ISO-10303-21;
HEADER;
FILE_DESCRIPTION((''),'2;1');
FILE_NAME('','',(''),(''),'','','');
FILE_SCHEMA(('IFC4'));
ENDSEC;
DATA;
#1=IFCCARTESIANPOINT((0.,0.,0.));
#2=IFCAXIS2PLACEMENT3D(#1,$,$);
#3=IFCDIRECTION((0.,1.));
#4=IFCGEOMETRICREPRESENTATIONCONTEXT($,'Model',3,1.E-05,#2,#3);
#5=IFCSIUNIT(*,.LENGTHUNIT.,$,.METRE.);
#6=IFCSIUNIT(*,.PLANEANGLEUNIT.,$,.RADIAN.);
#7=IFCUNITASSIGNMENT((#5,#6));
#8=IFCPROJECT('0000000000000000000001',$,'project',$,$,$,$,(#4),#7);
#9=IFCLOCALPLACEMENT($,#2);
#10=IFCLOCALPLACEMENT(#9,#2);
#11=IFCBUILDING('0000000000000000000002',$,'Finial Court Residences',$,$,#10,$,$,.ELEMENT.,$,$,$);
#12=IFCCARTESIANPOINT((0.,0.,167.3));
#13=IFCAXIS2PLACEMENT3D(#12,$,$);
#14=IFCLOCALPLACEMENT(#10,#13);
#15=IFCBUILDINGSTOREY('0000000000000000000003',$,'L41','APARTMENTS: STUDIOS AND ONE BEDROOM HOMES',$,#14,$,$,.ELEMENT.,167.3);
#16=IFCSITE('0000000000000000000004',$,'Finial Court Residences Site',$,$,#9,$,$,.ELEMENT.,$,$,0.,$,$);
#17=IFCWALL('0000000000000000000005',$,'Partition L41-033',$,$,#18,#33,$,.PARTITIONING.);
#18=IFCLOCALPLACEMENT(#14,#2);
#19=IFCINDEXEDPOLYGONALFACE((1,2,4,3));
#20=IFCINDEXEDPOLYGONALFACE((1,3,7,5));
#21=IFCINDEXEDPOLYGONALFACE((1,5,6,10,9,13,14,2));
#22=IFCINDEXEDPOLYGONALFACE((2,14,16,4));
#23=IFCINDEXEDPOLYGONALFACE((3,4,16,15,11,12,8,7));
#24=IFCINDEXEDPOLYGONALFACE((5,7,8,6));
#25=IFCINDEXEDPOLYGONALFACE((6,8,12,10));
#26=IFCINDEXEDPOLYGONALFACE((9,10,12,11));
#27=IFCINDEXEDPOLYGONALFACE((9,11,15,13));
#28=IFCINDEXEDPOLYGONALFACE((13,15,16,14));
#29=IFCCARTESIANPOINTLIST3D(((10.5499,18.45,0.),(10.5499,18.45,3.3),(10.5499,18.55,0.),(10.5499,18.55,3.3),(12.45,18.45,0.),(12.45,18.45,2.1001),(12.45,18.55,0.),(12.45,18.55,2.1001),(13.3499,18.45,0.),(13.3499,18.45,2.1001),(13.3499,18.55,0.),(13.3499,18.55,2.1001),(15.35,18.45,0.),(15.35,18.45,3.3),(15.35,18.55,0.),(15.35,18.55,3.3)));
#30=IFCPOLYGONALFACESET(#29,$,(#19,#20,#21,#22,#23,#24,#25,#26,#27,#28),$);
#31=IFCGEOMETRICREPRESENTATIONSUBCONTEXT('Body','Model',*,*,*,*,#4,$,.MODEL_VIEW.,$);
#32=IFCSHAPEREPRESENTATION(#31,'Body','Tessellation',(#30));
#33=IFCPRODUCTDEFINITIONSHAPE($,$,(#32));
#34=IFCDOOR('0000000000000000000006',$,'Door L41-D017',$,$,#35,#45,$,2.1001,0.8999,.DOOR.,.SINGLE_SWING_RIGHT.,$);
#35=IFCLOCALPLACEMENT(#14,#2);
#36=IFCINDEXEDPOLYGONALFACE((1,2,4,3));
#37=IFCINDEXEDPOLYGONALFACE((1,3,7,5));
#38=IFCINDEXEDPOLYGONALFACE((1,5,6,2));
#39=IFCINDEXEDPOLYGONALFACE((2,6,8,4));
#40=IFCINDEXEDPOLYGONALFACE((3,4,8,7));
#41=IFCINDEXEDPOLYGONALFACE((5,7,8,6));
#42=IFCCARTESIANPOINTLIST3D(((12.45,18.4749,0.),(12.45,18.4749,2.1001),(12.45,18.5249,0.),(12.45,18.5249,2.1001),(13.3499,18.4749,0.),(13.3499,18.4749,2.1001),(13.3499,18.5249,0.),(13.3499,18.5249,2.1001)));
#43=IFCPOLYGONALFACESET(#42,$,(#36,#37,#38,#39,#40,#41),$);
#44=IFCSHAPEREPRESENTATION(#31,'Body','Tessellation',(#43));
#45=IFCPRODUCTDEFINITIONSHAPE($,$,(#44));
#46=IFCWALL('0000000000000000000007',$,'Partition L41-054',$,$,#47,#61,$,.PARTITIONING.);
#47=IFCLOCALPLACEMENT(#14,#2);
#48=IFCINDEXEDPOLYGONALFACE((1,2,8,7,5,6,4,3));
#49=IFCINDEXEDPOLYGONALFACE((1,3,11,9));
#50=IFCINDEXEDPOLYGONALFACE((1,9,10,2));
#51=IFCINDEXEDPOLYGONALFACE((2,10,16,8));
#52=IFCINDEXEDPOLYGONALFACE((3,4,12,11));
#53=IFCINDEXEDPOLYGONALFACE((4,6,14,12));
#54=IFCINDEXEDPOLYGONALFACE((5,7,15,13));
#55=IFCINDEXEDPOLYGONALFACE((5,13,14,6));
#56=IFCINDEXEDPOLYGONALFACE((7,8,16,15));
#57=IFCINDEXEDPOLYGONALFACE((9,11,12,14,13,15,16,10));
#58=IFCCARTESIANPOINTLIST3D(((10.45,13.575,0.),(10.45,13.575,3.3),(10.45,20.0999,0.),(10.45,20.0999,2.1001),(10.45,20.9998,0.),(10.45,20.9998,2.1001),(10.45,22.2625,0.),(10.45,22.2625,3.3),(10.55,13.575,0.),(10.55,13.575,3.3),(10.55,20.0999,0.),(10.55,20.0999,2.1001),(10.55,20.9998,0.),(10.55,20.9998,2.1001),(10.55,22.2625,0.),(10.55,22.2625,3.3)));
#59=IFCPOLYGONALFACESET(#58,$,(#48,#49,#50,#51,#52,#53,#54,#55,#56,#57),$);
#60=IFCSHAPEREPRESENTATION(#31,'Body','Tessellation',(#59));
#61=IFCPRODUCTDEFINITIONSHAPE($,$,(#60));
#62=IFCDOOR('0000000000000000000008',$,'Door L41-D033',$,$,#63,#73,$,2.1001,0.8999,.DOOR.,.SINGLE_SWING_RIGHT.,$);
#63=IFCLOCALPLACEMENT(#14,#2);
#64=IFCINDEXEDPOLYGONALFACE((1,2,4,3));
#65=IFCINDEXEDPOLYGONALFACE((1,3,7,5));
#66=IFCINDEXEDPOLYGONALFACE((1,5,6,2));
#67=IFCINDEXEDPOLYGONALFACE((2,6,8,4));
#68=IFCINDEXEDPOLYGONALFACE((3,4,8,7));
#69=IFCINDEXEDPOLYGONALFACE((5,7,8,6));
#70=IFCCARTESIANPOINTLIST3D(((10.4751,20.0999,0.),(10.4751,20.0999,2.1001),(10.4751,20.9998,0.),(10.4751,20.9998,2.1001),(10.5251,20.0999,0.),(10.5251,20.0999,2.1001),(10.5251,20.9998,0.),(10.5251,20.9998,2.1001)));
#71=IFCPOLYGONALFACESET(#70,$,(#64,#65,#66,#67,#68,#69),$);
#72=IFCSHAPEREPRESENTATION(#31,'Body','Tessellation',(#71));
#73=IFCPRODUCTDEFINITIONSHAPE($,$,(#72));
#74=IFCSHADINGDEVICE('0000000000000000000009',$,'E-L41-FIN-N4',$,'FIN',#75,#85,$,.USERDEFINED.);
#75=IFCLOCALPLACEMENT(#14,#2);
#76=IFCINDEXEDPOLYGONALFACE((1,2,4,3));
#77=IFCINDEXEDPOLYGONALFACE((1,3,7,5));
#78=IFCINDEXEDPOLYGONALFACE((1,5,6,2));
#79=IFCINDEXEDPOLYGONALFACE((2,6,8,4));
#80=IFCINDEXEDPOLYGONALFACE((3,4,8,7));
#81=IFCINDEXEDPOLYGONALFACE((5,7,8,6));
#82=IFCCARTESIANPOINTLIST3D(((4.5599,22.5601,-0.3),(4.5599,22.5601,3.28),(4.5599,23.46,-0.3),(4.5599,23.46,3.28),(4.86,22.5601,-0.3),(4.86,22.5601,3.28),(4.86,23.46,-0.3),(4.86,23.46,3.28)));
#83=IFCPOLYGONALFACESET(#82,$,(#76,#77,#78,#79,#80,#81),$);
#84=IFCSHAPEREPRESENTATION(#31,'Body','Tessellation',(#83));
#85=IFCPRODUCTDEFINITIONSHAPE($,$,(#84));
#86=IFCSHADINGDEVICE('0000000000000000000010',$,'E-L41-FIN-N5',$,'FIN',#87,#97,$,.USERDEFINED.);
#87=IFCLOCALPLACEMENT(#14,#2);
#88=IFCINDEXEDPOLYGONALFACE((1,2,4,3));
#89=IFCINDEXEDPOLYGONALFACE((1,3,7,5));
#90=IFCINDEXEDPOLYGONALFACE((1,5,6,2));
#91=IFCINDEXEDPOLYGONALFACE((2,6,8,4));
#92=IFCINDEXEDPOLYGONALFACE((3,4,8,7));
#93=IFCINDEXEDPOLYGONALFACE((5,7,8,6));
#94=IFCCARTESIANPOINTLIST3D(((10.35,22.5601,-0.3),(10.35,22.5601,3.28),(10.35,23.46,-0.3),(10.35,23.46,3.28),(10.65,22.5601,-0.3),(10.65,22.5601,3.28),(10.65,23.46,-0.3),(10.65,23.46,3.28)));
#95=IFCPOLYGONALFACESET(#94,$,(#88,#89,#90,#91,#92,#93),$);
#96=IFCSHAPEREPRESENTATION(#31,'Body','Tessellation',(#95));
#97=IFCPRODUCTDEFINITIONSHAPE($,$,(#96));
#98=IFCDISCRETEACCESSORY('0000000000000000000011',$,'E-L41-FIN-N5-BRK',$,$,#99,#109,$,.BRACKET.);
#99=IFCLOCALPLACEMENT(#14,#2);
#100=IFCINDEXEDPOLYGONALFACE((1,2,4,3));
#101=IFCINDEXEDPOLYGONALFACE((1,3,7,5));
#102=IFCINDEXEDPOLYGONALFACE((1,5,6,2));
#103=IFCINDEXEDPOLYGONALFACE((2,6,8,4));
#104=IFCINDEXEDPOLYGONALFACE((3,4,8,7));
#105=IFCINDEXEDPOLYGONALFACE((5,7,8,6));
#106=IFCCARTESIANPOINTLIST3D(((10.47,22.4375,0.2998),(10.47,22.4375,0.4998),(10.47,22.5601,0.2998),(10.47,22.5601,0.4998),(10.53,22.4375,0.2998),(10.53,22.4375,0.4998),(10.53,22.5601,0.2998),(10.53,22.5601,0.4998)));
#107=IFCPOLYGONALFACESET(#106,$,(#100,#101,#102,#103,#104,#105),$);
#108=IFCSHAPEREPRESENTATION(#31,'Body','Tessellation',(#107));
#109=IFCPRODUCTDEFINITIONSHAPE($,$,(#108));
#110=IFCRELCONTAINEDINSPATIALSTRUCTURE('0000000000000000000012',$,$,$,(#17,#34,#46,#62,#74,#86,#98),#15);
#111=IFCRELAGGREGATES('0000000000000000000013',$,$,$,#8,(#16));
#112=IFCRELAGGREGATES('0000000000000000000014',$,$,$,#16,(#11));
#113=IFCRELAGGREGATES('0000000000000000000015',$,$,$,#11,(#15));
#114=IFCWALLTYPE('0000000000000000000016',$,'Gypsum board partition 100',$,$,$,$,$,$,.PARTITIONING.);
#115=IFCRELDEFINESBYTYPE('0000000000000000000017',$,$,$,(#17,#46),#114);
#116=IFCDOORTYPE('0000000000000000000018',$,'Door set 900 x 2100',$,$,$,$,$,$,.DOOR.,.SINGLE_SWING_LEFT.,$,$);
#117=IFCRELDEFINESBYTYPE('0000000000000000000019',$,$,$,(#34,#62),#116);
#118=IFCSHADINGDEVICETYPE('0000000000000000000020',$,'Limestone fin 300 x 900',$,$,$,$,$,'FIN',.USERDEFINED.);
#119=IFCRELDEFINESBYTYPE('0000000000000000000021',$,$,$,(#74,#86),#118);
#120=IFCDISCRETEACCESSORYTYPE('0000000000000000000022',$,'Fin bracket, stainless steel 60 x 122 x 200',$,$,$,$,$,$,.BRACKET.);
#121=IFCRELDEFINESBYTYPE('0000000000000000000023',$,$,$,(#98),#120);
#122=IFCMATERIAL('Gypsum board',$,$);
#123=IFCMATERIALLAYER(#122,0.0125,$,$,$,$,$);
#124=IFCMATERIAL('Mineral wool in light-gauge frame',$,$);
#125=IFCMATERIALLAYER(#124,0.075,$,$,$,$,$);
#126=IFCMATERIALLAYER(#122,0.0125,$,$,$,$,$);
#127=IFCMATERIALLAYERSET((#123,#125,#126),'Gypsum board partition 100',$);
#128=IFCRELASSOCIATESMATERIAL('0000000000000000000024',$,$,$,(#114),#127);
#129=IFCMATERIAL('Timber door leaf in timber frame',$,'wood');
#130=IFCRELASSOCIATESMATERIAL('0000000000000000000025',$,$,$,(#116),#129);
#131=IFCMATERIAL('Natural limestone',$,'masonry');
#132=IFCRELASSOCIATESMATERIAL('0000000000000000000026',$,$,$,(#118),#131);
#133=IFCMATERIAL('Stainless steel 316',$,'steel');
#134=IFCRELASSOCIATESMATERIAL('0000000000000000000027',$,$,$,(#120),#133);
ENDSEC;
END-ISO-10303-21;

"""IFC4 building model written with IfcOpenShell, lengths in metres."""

from ifc_helpers import new_model, si_unit, direction, frame, frame_2d, origin, origin_2d, place, context, subcontext, project, spatial, rectangle, extrude, material, layer, layer_set, type_object, element, fill, save


model = new_model("IFC4")

# Units and contexts
model_context = context("Model", 3, precision=1e-05, world=origin(), true_north=direction((0.0, 1.0)))
body_context = subcontext(model_context, "Body", "Model", "MODEL_VIEW")
ifc_project = project(units=[si_unit("LENGTHUNIT", "METRE"), si_unit("PLANEANGLEUNIT", "RADIAN")], contexts=[model_context])

# Site, building, storey
site_placement = place(None, origin())
site = spatial("IfcSite", under=ifc_project, at=site_placement, Name="Finial Court Residences Site", CompositionType="ELEMENT", RefElevation=0.0)
building_placement = place(site_placement, origin())
building = spatial("IfcBuilding", under=site, at=building_placement, Name="Finial Court Residences", CompositionType="ELEMENT")
storey_placement = place(building_placement, frame((0.0, 0.0, 167.3)))
storey = spatial("IfcBuildingStorey", under=building, at=storey_placement, Name="L41", Description="APARTMENTS: STUDIOS AND ONE BEDROOM HOMES", CompositionType="ELEMENT", Elevation=167.3)

# Shared definitions
ifc_material_1 = material(Name="Gypsum board")

# Walls, openings, doors
ifc_layer_1 = layer(ifc_material_1, 0.0125)
ifc_material_2 = material(Name="Mineral wool in light-gauge frame")
ifc_layer_2 = layer(ifc_material_2, 0.075)
ifc_layer_3 = layer(ifc_material_1, 0.0125)
ifc_layer_set_1 = layer_set([ifc_layer_1, ifc_layer_2, ifc_layer_3], Name="Gypsum board partition 100")
wall_type_1 = type_object("IfcWallType", Name="Gypsum board partition 100", PredefinedType="PARTITIONING", material=ifc_layer_set_1)
wall_1_placement = place(storey_placement, frame((10.55, 18.5, 0.0), z_axis=(0.0, 0.0, 1.0), x_axis=(1.0, 0.0, 0.0)))
wall_1 = element("IfcWall", 1, at=wall_1_placement, inside=storey, type_object=wall_type_1, Name="Partition L41-033", PredefinedType="PARTITIONING", context=body_context, shape_type="SweptSolid", body=[
    extrude(rectangle(XDim=4.8, YDim=0.1001, at=frame_2d((2.3999, 0.0))), origin(), (0.0, 0.0, 1.0), 3.3),
])
opening_1_placement = place(wall_1_placement, frame((1.8999, 0.0, 0.0)))
opening_1 = element("IfcOpeningElement", 2, at=opening_1_placement, cuts=wall_1, PredefinedType="OPENING", context=body_context, shape_type="SweptSolid", body=[
    extrude(rectangle(XDim=0.8999, YDim=2.1001, at=frame_2d((0.45, 1.05))), frame((0.0, 0.0601, 0.0), z_axis=(0.0, -1.0, 0.0), x_axis=(1.0, 0.0, 0.0)), (0.0, 0.0, 1.0), 0.1201),
])
ifc_material_3 = material(Name="Timber door leaf in timber frame", Category="wood")
door_type = type_object("IfcDoorType", Name="Door set 900 x 2100", OperationType="SINGLE_SWING_LEFT", PredefinedType="DOOR", material=ifc_material_3)
door_1_placement = place(opening_1_placement, origin())
door_1 = element("IfcDoor", 3, at=door_1_placement, inside=storey, type_object=door_type, Name="Door L41-D017", OperationType="SINGLE_SWING_RIGHT", OverallHeight=2.1001, OverallWidth=0.8999, PredefinedType="DOOR", context=body_context, shape_type="SweptSolid", body=[
    extrude(rectangle(XDim=0.8999, YDim=2.1001, at=frame_2d((0.45, 1.05))), frame((0.0, 0.0249, 0.0), z_axis=(0.0, -1.0, 0.0), x_axis=(1.0, 0.0, 0.0)), (0.0, 0.0, 1.0), 0.05),
])
fill(opening_1, door_1)
wall_2_placement = place(storey_placement, frame((10.5, 13.575, 0.0), z_axis=(0.0, 0.0, 1.0), x_axis=(0.0, 1.0, 0.0)))
wall_2 = element("IfcWall", 4, at=wall_2_placement, inside=storey, type_object=wall_type_1, Name="Partition L41-054", PredefinedType="PARTITIONING", context=body_context, shape_type="SweptSolid", body=[
    extrude(rectangle(XDim=8.6875, YDim=0.1001, at=frame_2d((4.3438, 0.0))), origin(), (0.0, 0.0, 1.0), 3.3),
])
opening_2_placement = place(wall_2_placement, frame((6.5249, 0.0, 0.0)))
opening_2 = element("IfcOpeningElement", 5, at=opening_2_placement, cuts=wall_2, PredefinedType="OPENING", context=body_context, shape_type="SweptSolid", body=[
    extrude(rectangle(XDim=0.8999, YDim=2.1001, at=frame_2d((0.45, 1.05))), frame((0.0, 0.0601, 0.0), z_axis=(0.0, -1.0, 0.0), x_axis=(1.0, 0.0, 0.0)), (0.0, 0.0, 1.0), 0.1201),
])
door_2_placement = place(opening_2_placement, origin())
door_2 = element("IfcDoor", 6, at=door_2_placement, inside=storey, type_object=door_type, Name="Door L41-D033", OperationType="SINGLE_SWING_RIGHT", OverallHeight=2.1001, OverallWidth=0.8999, PredefinedType="DOOR", context=body_context, shape_type="SweptSolid", body=[
    extrude(rectangle(XDim=0.8999, YDim=2.1001, at=frame_2d((0.45, 1.05))), frame((0.0, 0.0249, 0.0), z_axis=(0.0, -1.0, 0.0), x_axis=(1.0, 0.0, 0.0)), (0.0, 0.0, 1.0), 0.05),
])
fill(opening_2, door_2)

# Shading devices
ifc_material_4 = material(Name="Natural limestone", Category="masonry")
shading_device_type = type_object("IfcShadingDeviceType", Name="Limestone fin 300 x 900", ElementType="FIN", PredefinedType="USERDEFINED", material=ifc_material_4)
for number, where, z_axis, x_axis, name in (
    (7, (4.71, 23.01, -0.3), (0.0, 0.0, 1.0), (1.0, 0.0, 0.0), "E-L41-FIN-N4"),
    (8, (10.5, 23.01, -0.3), (0.0, 0.0, 1.0), (1.0, 0.0, 0.0), "E-L41-FIN-N5"),
):
    element("IfcShadingDevice", number, at=place(storey_placement, frame(where, z_axis=z_axis, x_axis=x_axis)), inside=storey, type_object=shading_device_type, Name=name, ObjectType="FIN", PredefinedType="USERDEFINED", context=body_context, shape_type="SweptSolid", body=[
        extrude(rectangle(XDim=0.3, YDim=0.8999, at=origin_2d()), origin(), (0.0, 0.0, 1.0), 3.5801),
    ])

# Discrete accessory
ifc_material_5 = material(Name="Stainless steel 316", Category="steel")
discrete_accessory_type = type_object("IfcDiscreteAccessoryType", Name="Fin bracket, stainless steel 60 x 122 x 200", PredefinedType="BRACKET", material=ifc_material_5)
discrete_accessory_placement = place(storey_placement, frame((10.5, 22.4988, 0.2998), z_axis=(0.0, 0.0, 1.0), x_axis=(1.0, 0.0, 0.0)))
element("IfcDiscreteAccessory", 9, at=discrete_accessory_placement, inside=storey, type_object=discrete_accessory_type, Name="E-L41-FIN-N5-BRK", PredefinedType="BRACKET", context=body_context, shape_type="SweptSolid", body=[
    extrude(rectangle(XDim=0.0601, YDim=0.1226, at=origin_2d()), origin(), (0.0, 0.0, 1.0), 0.2),
])

save(model, "model.ifc")
